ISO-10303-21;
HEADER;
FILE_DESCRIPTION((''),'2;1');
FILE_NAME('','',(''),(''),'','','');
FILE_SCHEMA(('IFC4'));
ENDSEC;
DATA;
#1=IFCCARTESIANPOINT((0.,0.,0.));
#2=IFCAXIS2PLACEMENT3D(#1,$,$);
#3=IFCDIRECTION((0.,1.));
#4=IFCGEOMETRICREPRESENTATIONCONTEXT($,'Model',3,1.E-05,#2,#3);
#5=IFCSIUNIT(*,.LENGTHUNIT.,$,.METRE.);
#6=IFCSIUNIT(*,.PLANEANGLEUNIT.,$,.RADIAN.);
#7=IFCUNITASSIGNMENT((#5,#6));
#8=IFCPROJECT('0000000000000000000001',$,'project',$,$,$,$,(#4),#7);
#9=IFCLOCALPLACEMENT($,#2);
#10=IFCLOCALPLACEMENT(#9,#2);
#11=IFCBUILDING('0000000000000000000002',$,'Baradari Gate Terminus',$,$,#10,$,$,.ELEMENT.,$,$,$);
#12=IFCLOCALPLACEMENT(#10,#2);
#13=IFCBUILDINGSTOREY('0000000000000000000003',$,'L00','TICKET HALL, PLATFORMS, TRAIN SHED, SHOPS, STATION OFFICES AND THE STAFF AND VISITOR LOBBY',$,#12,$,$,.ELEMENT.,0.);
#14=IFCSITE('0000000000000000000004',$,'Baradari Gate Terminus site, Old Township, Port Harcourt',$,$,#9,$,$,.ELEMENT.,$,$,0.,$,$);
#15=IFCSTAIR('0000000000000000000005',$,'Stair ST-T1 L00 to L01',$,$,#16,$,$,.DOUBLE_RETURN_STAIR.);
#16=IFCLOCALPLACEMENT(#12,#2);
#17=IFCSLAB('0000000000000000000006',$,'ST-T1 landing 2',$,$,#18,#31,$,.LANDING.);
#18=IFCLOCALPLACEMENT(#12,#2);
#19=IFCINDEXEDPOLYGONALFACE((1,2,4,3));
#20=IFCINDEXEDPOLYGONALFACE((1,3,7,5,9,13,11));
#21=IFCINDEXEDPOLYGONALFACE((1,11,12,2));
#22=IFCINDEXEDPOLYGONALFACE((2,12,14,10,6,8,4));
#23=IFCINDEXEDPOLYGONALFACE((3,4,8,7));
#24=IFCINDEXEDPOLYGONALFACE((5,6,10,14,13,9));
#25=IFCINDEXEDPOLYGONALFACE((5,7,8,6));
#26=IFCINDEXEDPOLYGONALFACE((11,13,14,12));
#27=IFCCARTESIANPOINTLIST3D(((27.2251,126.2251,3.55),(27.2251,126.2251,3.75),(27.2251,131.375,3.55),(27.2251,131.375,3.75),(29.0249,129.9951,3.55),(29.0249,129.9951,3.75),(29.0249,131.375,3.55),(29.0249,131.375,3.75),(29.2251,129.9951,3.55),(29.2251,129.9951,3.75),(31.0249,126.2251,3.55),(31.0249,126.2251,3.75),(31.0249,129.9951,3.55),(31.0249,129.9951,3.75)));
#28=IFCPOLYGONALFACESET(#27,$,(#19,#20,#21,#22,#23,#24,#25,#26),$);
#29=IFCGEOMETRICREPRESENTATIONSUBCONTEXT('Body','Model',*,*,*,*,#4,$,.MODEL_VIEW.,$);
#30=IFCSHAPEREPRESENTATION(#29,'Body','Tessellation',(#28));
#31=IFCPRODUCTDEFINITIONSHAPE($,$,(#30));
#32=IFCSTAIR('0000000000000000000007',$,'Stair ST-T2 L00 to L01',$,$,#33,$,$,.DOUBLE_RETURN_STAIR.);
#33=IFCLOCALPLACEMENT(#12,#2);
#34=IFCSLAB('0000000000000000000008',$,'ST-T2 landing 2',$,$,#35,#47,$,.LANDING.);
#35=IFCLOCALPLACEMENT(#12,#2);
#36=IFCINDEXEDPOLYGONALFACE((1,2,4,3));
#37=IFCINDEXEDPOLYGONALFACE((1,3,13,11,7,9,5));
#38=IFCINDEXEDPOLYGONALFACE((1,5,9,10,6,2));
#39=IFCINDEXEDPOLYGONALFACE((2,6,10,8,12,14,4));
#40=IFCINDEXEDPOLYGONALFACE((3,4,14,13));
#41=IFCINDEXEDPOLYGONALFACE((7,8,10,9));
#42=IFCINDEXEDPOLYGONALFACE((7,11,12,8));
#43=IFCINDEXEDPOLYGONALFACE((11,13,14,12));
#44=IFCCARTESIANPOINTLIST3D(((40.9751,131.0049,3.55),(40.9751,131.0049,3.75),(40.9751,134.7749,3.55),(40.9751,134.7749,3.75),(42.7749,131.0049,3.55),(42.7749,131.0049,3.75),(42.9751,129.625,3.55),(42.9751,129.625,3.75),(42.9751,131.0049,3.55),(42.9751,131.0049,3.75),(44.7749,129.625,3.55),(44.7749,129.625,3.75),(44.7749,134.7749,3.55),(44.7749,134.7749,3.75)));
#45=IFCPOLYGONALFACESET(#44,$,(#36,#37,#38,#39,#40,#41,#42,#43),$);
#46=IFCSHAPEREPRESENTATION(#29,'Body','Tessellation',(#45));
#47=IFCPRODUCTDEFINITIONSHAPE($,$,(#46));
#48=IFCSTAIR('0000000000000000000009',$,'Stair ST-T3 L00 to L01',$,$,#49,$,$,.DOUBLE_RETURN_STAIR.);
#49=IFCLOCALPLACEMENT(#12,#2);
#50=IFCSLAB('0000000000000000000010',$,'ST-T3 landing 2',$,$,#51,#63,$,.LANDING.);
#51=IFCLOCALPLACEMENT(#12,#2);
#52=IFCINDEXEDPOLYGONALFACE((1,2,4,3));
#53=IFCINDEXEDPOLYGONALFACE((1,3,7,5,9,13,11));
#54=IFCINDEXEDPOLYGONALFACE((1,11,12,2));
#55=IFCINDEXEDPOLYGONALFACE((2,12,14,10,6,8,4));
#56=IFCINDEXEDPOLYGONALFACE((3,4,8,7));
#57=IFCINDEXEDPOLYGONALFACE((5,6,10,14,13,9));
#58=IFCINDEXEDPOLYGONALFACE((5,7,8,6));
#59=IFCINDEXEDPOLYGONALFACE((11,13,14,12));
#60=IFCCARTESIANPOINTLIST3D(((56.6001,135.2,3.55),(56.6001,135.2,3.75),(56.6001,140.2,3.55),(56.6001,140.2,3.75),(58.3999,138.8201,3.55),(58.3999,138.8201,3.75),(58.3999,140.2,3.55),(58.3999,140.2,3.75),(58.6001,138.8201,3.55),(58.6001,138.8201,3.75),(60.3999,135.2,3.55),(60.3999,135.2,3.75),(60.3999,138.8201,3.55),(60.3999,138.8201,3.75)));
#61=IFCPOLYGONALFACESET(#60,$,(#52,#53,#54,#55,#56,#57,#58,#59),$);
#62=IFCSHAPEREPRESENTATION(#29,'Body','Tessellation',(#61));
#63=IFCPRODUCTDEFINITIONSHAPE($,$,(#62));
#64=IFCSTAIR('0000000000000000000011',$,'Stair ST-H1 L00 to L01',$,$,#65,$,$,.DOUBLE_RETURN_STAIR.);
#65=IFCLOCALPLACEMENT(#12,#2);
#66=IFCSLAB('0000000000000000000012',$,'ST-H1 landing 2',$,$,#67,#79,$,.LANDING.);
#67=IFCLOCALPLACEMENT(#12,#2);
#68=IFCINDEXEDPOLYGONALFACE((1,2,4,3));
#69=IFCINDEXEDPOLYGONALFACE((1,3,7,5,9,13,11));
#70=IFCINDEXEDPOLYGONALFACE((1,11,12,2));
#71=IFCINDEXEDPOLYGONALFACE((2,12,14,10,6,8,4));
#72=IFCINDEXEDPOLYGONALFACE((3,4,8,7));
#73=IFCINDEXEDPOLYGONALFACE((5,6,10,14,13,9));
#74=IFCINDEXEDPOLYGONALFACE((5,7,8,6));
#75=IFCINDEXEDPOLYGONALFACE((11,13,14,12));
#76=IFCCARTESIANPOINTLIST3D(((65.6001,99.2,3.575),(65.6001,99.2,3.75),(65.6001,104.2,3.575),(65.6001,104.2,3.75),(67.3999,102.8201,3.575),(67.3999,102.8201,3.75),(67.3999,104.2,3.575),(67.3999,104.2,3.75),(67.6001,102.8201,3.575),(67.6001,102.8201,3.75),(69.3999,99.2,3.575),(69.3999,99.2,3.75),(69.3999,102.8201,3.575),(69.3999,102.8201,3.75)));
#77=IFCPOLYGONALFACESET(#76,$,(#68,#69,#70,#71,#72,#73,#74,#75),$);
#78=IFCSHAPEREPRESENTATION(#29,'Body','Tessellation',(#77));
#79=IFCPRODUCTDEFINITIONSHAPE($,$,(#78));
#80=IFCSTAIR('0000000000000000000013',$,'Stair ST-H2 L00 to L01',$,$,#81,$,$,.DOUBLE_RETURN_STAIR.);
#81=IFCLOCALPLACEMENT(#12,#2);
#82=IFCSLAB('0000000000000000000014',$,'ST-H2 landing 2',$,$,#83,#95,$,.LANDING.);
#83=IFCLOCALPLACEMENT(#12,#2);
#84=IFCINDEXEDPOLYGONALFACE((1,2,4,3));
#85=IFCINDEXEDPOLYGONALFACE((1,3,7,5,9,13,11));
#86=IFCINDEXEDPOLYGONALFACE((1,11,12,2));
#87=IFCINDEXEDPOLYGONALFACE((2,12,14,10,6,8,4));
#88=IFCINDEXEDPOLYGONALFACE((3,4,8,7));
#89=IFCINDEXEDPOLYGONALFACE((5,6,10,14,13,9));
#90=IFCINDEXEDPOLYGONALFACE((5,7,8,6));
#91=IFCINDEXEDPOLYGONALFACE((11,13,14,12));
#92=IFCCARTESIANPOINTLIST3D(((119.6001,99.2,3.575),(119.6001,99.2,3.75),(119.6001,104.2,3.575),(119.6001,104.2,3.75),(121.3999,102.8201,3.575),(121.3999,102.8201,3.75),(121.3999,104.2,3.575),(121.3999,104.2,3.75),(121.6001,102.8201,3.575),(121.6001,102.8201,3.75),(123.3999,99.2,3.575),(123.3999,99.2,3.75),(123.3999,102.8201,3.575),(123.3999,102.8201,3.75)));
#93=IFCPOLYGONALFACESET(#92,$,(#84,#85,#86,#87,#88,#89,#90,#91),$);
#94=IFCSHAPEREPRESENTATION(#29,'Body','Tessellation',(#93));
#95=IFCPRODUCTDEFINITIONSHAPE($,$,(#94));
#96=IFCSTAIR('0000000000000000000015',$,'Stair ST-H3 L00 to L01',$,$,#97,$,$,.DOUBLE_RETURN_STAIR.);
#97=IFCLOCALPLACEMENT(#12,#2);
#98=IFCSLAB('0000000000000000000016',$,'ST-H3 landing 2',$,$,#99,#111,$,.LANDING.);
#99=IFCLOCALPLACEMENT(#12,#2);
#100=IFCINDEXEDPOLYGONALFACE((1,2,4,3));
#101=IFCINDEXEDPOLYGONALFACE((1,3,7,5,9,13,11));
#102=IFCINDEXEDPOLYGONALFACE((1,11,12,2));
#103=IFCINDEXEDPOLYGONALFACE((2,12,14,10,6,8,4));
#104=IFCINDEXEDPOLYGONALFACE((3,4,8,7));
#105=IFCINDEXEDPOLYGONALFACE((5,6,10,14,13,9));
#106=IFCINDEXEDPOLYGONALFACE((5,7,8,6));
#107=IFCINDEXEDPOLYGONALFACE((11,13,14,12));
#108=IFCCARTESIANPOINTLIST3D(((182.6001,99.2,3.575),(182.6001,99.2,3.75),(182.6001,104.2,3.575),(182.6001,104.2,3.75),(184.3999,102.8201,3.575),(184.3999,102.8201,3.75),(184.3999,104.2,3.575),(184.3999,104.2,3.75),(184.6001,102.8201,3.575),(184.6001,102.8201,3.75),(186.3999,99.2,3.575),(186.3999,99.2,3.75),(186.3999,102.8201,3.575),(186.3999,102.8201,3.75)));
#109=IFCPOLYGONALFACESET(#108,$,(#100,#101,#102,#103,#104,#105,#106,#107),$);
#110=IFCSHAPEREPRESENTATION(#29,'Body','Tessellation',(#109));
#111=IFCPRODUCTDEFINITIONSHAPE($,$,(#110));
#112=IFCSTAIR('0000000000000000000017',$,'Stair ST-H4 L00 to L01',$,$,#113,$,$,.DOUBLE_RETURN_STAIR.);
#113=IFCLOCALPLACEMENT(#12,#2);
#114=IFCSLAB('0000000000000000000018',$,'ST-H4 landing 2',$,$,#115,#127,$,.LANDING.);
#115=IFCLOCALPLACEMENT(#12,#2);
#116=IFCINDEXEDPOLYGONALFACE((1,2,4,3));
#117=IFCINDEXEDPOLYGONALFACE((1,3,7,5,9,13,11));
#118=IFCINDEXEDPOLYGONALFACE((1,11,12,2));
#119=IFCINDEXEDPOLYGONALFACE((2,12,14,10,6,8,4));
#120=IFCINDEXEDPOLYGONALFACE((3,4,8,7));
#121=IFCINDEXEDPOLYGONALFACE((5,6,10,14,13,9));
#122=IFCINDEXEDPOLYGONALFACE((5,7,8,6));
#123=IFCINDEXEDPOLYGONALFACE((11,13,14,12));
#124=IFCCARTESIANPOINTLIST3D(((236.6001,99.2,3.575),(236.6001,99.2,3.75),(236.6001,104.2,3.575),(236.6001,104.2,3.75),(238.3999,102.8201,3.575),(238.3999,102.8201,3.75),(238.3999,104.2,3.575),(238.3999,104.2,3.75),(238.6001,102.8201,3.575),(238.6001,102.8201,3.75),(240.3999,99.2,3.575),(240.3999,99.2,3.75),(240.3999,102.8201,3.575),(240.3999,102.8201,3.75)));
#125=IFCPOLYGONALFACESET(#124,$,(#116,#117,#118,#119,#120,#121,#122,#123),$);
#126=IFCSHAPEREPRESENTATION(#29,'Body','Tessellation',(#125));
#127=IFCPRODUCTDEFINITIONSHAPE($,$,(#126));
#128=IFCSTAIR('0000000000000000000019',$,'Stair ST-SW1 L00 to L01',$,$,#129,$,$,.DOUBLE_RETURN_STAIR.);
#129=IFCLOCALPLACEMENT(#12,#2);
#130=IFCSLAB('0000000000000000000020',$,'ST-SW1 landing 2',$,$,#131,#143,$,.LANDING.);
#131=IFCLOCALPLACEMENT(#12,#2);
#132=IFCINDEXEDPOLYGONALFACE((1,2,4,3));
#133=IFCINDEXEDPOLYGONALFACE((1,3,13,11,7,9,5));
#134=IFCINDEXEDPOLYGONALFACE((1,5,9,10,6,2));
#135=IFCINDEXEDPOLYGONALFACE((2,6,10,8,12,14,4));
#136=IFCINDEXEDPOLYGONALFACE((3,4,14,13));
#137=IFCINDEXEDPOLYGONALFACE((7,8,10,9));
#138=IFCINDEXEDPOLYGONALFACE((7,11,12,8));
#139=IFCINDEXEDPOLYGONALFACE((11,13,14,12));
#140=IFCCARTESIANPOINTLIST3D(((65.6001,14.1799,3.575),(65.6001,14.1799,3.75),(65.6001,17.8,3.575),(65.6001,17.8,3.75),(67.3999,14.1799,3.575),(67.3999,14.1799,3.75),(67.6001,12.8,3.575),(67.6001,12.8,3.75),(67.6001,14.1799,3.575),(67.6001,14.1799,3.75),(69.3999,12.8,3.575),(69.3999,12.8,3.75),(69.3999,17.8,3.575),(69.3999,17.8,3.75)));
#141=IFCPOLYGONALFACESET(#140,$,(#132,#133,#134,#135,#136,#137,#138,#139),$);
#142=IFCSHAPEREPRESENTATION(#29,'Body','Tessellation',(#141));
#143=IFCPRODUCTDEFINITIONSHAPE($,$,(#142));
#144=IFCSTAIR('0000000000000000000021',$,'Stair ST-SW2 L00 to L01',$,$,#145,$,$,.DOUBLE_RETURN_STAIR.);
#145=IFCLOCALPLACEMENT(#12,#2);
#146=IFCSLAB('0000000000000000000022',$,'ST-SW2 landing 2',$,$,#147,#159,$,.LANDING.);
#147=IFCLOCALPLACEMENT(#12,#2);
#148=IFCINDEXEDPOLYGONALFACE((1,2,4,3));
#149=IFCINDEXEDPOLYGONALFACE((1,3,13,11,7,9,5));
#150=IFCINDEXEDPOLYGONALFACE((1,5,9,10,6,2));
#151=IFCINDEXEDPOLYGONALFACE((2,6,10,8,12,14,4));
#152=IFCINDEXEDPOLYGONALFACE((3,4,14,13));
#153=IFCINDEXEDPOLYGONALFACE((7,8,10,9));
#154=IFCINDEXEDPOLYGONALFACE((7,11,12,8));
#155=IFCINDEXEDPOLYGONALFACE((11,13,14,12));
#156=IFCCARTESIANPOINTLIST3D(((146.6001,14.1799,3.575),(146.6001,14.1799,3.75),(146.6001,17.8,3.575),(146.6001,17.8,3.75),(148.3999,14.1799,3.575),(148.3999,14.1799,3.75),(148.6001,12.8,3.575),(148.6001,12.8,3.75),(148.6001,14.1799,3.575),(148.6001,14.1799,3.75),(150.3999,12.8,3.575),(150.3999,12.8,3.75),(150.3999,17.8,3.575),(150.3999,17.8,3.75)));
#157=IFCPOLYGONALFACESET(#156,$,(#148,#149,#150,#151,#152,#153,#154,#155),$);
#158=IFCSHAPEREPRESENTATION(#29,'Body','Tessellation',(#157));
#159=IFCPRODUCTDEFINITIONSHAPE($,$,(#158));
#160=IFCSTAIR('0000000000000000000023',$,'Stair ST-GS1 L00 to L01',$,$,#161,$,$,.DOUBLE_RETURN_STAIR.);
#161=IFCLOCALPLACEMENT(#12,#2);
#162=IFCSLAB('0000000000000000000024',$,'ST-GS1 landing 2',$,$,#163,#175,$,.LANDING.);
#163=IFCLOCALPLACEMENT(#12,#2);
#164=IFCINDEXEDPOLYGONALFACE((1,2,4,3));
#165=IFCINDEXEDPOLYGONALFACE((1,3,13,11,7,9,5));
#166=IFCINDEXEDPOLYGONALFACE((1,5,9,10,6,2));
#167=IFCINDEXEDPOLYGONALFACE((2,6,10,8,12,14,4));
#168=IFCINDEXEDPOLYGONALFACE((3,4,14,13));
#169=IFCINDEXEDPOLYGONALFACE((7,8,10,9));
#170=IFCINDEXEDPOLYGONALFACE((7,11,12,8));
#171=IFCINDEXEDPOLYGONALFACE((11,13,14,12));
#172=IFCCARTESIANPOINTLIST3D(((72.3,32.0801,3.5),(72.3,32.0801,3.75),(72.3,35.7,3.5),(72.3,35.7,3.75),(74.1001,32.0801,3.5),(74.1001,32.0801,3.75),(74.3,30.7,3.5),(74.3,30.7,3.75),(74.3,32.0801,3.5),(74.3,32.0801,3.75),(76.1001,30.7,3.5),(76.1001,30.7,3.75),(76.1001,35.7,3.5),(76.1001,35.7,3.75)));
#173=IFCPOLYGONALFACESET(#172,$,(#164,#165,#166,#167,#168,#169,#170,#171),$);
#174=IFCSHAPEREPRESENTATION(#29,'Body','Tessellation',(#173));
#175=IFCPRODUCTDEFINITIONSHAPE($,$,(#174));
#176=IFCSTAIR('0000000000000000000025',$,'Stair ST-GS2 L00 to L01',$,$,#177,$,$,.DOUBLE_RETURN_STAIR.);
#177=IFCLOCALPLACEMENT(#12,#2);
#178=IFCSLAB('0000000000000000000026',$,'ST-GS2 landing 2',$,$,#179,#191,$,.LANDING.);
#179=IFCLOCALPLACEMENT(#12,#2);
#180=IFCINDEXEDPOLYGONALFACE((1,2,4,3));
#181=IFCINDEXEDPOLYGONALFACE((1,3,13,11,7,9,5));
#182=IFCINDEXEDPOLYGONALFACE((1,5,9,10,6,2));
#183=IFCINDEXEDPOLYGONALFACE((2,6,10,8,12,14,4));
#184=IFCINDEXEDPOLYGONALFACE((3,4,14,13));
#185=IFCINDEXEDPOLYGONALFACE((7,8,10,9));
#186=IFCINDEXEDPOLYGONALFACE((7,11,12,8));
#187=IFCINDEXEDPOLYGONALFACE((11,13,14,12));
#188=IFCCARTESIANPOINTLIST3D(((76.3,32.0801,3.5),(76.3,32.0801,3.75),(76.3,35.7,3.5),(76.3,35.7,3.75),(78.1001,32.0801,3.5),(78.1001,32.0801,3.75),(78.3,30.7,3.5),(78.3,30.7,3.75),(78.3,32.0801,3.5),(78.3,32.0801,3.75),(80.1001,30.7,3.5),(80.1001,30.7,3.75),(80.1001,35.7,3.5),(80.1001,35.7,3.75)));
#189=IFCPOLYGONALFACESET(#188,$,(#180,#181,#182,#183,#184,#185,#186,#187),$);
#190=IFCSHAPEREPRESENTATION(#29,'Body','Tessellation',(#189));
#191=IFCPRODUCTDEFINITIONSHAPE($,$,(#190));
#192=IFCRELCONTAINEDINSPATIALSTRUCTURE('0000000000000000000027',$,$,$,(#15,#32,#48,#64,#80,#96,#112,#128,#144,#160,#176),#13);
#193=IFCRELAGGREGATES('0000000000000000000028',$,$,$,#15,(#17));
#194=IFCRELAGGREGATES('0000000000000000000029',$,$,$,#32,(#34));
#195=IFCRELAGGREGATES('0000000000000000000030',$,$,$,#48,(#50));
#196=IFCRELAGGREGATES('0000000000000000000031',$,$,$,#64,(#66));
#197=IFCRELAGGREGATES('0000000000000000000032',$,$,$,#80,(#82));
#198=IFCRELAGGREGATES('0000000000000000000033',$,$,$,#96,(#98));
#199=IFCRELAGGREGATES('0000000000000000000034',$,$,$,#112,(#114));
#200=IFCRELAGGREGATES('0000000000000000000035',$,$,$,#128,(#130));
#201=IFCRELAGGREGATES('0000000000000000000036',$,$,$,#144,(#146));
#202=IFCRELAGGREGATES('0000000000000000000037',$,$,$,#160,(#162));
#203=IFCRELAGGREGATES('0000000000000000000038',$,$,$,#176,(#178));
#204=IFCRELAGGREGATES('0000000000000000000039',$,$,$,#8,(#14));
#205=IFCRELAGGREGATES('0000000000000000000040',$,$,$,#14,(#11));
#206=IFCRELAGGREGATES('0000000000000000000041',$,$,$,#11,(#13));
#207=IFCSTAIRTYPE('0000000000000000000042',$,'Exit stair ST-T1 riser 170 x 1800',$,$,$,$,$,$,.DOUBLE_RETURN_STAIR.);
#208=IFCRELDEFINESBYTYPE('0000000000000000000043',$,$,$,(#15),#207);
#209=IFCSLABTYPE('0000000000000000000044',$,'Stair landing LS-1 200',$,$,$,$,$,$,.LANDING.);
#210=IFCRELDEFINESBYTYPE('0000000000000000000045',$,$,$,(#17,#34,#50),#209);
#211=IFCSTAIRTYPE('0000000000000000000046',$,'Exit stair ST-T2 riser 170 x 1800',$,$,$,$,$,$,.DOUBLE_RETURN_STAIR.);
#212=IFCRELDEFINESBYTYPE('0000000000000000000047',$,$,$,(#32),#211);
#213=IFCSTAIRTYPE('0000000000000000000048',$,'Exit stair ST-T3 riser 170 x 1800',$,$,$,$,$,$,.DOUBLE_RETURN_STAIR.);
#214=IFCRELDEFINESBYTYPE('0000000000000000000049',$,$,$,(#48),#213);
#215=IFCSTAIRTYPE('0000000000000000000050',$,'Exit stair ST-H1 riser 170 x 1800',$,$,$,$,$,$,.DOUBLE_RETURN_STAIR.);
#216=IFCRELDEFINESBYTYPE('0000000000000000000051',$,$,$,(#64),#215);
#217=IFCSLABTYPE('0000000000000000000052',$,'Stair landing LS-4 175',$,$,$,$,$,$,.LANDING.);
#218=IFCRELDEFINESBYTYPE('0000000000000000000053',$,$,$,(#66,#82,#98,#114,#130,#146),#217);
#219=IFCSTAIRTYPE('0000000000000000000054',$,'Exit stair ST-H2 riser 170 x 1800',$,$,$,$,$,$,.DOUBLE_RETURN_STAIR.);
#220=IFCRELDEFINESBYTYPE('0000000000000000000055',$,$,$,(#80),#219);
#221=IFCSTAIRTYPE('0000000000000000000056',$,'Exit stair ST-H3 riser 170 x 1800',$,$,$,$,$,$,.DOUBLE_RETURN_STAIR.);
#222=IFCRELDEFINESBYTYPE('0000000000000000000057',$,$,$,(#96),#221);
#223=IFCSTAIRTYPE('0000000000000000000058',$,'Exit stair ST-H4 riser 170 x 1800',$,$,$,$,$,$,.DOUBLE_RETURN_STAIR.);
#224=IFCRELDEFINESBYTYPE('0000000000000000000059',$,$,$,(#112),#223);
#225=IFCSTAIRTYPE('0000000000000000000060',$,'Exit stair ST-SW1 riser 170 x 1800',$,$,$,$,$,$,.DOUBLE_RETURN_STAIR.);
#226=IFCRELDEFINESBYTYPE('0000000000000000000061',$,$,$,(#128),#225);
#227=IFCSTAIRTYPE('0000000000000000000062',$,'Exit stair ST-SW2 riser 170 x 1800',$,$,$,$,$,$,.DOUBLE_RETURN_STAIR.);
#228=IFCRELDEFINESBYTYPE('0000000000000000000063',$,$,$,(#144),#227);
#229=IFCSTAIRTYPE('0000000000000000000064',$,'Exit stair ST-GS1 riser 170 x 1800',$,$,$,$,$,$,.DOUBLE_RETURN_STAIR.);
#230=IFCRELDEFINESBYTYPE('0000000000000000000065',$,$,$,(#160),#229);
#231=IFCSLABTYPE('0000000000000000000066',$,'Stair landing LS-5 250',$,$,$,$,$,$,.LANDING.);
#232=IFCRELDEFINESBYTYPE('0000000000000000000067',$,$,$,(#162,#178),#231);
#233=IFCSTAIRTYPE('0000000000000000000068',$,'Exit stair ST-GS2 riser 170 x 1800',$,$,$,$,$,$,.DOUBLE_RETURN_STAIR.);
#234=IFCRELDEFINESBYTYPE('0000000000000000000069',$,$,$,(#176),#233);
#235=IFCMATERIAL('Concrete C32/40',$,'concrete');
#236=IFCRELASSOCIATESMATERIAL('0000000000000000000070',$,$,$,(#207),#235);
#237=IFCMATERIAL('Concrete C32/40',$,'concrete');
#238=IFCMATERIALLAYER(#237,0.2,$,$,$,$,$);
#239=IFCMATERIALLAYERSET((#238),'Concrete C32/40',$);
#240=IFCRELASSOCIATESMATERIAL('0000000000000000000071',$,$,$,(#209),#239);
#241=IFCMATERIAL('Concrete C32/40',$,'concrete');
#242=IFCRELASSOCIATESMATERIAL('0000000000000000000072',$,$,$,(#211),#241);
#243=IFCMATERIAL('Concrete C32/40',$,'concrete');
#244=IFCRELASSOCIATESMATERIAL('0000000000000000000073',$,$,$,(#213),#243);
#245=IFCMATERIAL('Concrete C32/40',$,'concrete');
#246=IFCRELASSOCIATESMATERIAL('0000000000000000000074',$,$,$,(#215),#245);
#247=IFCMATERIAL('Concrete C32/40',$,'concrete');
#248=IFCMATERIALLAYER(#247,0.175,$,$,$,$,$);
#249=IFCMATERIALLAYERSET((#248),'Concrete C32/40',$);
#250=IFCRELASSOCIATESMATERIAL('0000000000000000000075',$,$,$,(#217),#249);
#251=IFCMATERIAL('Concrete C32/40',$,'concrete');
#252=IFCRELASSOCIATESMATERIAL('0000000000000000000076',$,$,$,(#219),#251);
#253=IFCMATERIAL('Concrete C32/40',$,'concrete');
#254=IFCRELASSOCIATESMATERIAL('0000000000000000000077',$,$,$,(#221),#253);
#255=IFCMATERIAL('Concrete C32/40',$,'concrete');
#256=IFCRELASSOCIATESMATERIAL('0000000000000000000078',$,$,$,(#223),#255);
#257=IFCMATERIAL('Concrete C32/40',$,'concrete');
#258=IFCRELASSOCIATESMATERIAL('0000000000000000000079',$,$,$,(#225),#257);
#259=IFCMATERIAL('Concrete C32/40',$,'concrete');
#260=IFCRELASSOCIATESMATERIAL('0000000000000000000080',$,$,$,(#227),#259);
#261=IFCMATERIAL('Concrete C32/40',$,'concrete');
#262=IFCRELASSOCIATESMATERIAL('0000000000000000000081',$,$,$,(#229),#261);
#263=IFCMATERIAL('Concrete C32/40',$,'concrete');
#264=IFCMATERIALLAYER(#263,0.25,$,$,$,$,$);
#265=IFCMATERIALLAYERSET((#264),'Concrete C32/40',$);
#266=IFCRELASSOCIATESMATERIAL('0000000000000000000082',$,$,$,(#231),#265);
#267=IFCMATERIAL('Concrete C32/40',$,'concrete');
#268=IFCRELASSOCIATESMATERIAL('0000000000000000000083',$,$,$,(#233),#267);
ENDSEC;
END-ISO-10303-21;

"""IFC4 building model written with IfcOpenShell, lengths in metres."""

from ifc_helpers import new_model, si_unit, direction, frame, origin, place, context, subcontext, project, spatial, polyline, outline, extrude, material, layer, layer_set, type_object, element, aggregate, save


model = new_model("IFC4")

# Units and contexts
model_context = context("Model", 3, precision=1e-05, world=origin(), true_north=direction((0.0, 1.0)))
body_context = subcontext(model_context, "Body", "Model", "MODEL_VIEW")
ifc_project = project(units=[si_unit("LENGTHUNIT", "METRE"), si_unit("PLANEANGLEUNIT", "RADIAN")], contexts=[model_context])

# Site, building, storey
site_placement = place(None, origin())
site = spatial("IfcSite", under=ifc_project, at=site_placement, Name="Baradari Gate Terminus site, Old Township, Port Harcourt", CompositionType="ELEMENT", RefElevation=0.0)
building_placement = place(site_placement, origin())
building = spatial("IfcBuilding", under=site, at=building_placement, Name="Baradari Gate Terminus", CompositionType="ELEMENT")
storey_placement = place(building_placement, origin())
storey = spatial("IfcBuildingStorey", under=building, at=storey_placement, Name="L00", Description="TICKET HALL, PLATFORMS, TRAIN SHED, SHOPS, STATION OFFICES AND THE STAFF AND VISITOR LOBBY", CompositionType="ELEMENT", Elevation=0.0)

# Stairs, slabs
ifc_material_1 = material(Name="Concrete C32/40", Category="concrete")
stair_type_1 = type_object("IfcStairType", Name="Exit stair ST-T1 riser 170 x 1800", PredefinedType="DOUBLE_RETURN_STAIR", material=ifc_material_1)
stair_1_placement = place(storey_placement, origin())
stair_1 = element("IfcStair", 1, at=stair_1_placement, inside=storey, type_object=stair_type_1, Name="Stair ST-T1 L00 to L01", PredefinedType="DOUBLE_RETURN_STAIR")
ifc_material_2 = material(Name="Concrete C32/40", Category="concrete")
ifc_layer_1 = layer(ifc_material_2, 0.2)
ifc_layer_set_1 = layer_set([ifc_layer_1], Name="Concrete C32/40")
slab_type_1 = type_object("IfcSlabType", Name="Stair landing LS-1 200", PredefinedType="LANDING", material=ifc_layer_set_1)
slab_1_placement = place(storey_placement, frame((0.0, 0.0, 3.55)))
slab_1 = element("IfcSlab", 2, at=slab_1_placement, type_object=slab_type_1, Name="ST-T1 landing 2", PredefinedType="LANDING", context=body_context, shape_type="SweptSolid", body=[
    extrude(outline(polyline([(27.2251, 126.2251), (27.2251, 131.375), (29.0249, 131.375), (29.0249, 129.9951), (29.2251, 129.9951), (31.0249, 129.9951), (31.0249, 126.2251), (27.2251, 126.2251)])), origin(), (0.0, 0.0, 1.0), 0.2),
])
aggregate(stair_1, [slab_1])
ifc_material_3 = material(Name="Concrete C32/40", Category="concrete")
stair_type_2 = type_object("IfcStairType", Name="Exit stair ST-T2 riser 170 x 1800", PredefinedType="DOUBLE_RETURN_STAIR", material=ifc_material_3)
stair_2_placement = place(storey_placement, origin())
stair_2 = element("IfcStair", 3, at=stair_2_placement, inside=storey, type_object=stair_type_2, Name="Stair ST-T2 L00 to L01", PredefinedType="DOUBLE_RETURN_STAIR")
slab_2_placement = place(storey_placement, frame((0.0, 0.0, 3.55)))
slab_2 = element("IfcSlab", 4, at=slab_2_placement, type_object=slab_type_1, Name="ST-T2 landing 2", PredefinedType="LANDING", context=body_context, shape_type="SweptSolid", body=[
    extrude(outline(polyline([(44.7749, 134.7749), (44.7749, 129.625), (42.9751, 129.625), (42.9751, 131.0049), (42.7749, 131.0049), (40.9751, 131.0049), (40.9751, 134.7749), (44.7749, 134.7749)])), origin(), (0.0, 0.0, 1.0), 0.2),
])
aggregate(stair_2, [slab_2])
ifc_material_4 = material(Name="Concrete C32/40", Category="concrete")
stair_type_3 = type_object("IfcStairType", Name="Exit stair ST-T3 riser 170 x 1800", PredefinedType="DOUBLE_RETURN_STAIR", material=ifc_material_4)
stair_3_placement = place(storey_placement, origin())
stair_3 = element("IfcStair", 5, at=stair_3_placement, inside=storey, type_object=stair_type_3, Name="Stair ST-T3 L00 to L01", PredefinedType="DOUBLE_RETURN_STAIR")
slab_3_placement = place(storey_placement, frame((0.0, 0.0, 3.55)))
slab_3 = element("IfcSlab", 6, at=slab_3_placement, type_object=slab_type_1, Name="ST-T3 landing 2", PredefinedType="LANDING", context=body_context, shape_type="SweptSolid", body=[
    extrude(outline(polyline([(56.6001, 135.2), (56.6001, 140.2), (58.3999, 140.2), (58.3999, 138.8201), (58.6001, 138.8201), (60.3999, 138.8201), (60.3999, 135.2), (56.6001, 135.2)])), origin(), (0.0, 0.0, 1.0), 0.2),
])
aggregate(stair_3, [slab_3])
ifc_material_5 = material(Name="Concrete C32/40", Category="concrete")
stair_type_4 = type_object("IfcStairType", Name="Exit stair ST-H1 riser 170 x 1800", PredefinedType="DOUBLE_RETURN_STAIR", material=ifc_material_5)
stair_4_placement = place(storey_placement, origin())
stair_4 = element("IfcStair", 7, at=stair_4_placement, inside=storey, type_object=stair_type_4, Name="Stair ST-H1 L00 to L01", PredefinedType="DOUBLE_RETURN_STAIR")
ifc_material_6 = material(Name="Concrete C32/40", Category="concrete")
ifc_layer_2 = layer(ifc_material_6, 0.175)
ifc_layer_set_2 = layer_set([ifc_layer_2], Name="Concrete C32/40")
slab_type_2 = type_object("IfcSlabType", Name="Stair landing LS-4 175", PredefinedType="LANDING", material=ifc_layer_set_2)
slab_4_placement = place(storey_placement, frame((0.0, 0.0, 3.575)))
slab_4 = element("IfcSlab", 8, at=slab_4_placement, type_object=slab_type_2, Name="ST-H1 landing 2", PredefinedType="LANDING", context=body_context, shape_type="SweptSolid", body=[
    extrude(outline(polyline([(65.6001, 99.2), (65.6001, 104.2), (67.3999, 104.2), (67.3999, 102.8201), (67.6001, 102.8201), (69.3999, 102.8201), (69.3999, 99.2), (65.6001, 99.2)])), origin(), (0.0, 0.0, 1.0), 0.175),
])
aggregate(stair_4, [slab_4])
ifc_material_7 = material(Name="Concrete C32/40", Category="concrete")
stair_type_5 = type_object("IfcStairType", Name="Exit stair ST-H2 riser 170 x 1800", PredefinedType="DOUBLE_RETURN_STAIR", material=ifc_material_7)
stair_5_placement = place(storey_placement, origin())
stair_5 = element("IfcStair", 9, at=stair_5_placement, inside=storey, type_object=stair_type_5, Name="Stair ST-H2 L00 to L01", PredefinedType="DOUBLE_RETURN_STAIR")
slab_5_placement = place(storey_placement, frame((0.0, 0.0, 3.575)))
slab_5 = element("IfcSlab", 10, at=slab_5_placement, type_object=slab_type_2, Name="ST-H2 landing 2", PredefinedType="LANDING", context=body_context, shape_type="SweptSolid", body=[
    extrude(outline(polyline([(119.6001, 99.2), (119.6001, 104.2), (121.3999, 104.2), (121.3999, 102.8201), (121.6001, 102.8201), (123.3999, 102.8201), (123.3999, 99.2), (119.6001, 99.2)])), origin(), (0.0, 0.0, 1.0), 0.175),
])
aggregate(stair_5, [slab_5])
ifc_material_8 = material(Name="Concrete C32/40", Category="concrete")
stair_type_6 = type_object("IfcStairType", Name="Exit stair ST-H3 riser 170 x 1800", PredefinedType="DOUBLE_RETURN_STAIR", material=ifc_material_8)
stair_6_placement = place(storey_placement, origin())
stair_6 = element("IfcStair", 11, at=stair_6_placement, inside=storey, type_object=stair_type_6, Name="Stair ST-H3 L00 to L01", PredefinedType="DOUBLE_RETURN_STAIR")
slab_6_placement = place(storey_placement, frame((0.0, 0.0, 3.575)))
slab_6 = element("IfcSlab", 12, at=slab_6_placement, type_object=slab_type_2, Name="ST-H3 landing 2", PredefinedType="LANDING", context=body_context, shape_type="SweptSolid", body=[
    extrude(outline(polyline([(182.6001, 99.2), (182.6001, 104.2), (184.3999, 104.2), (184.3999, 102.8201), (184.6001, 102.8201), (186.3999, 102.8201), (186.3999, 99.2), (182.6001, 99.2)])), origin(), (0.0, 0.0, 1.0), 0.175),
])
aggregate(stair_6, [slab_6])
ifc_material_9 = material(Name="Concrete C32/40", Category="concrete")
stair_type_7 = type_object("IfcStairType", Name="Exit stair ST-H4 riser 170 x 1800", PredefinedType="DOUBLE_RETURN_STAIR", material=ifc_material_9)
stair_7_placement = place(storey_placement, origin())
stair_7 = element("IfcStair", 13, at=stair_7_placement, inside=storey, type_object=stair_type_7, Name="Stair ST-H4 L00 to L01", PredefinedType="DOUBLE_RETURN_STAIR")
slab_7_placement = place(storey_placement, frame((0.0, 0.0, 3.575)))
slab_7 = element("IfcSlab", 14, at=slab_7_placement, type_object=slab_type_2, Name="ST-H4 landing 2", PredefinedType="LANDING", context=body_context, shape_type="SweptSolid", body=[
    extrude(outline(polyline([(236.6001, 99.2), (236.6001, 104.2), (238.3999, 104.2), (238.3999, 102.8201), (238.6001, 102.8201), (240.3999, 102.8201), (240.3999, 99.2), (236.6001, 99.2)])), origin(), (0.0, 0.0, 1.0), 0.175),
])
aggregate(stair_7, [slab_7])
ifc_material_10 = material(Name="Concrete C32/40", Category="concrete")
stair_type_8 = type_object("IfcStairType", Name="Exit stair ST-SW1 riser 170 x 1800", PredefinedType="DOUBLE_RETURN_STAIR", material=ifc_material_10)
stair_8_placement = place(storey_placement, origin())
stair_8 = element("IfcStair", 15, at=stair_8_placement, inside=storey, type_object=stair_type_8, Name="Stair ST-SW1 L00 to L01", PredefinedType="DOUBLE_RETURN_STAIR")
slab_8_placement = place(storey_placement, frame((0.0, 0.0, 3.575)))
slab_8 = element("IfcSlab", 16, at=slab_8_placement, type_object=slab_type_2, Name="ST-SW1 landing 2", PredefinedType="LANDING", context=body_context, shape_type="SweptSolid", body=[
    extrude(outline(polyline([(69.3999, 17.8), (69.3999, 12.8), (67.6001, 12.8), (67.6001, 14.1799), (67.3999, 14.1799), (65.6001, 14.1799), (65.6001, 17.8), (69.3999, 17.8)])), origin(), (0.0, 0.0, 1.0), 0.175),
])
aggregate(stair_8, [slab_8])
ifc_material_11 = material(Name="Concrete C32/40", Category="concrete")
stair_type_9 = type_object("IfcStairType", Name="Exit stair ST-SW2 riser 170 x 1800", PredefinedType="DOUBLE_RETURN_STAIR", material=ifc_material_11)
stair_9_placement = place(storey_placement, origin())
stair_9 = element("IfcStair", 17, at=stair_9_placement, inside=storey, type_object=stair_type_9, Name="Stair ST-SW2 L00 to L01", PredefinedType="DOUBLE_RETURN_STAIR")
slab_9_placement = place(storey_placement, frame((0.0, 0.0, 3.575)))
slab_9 = element("IfcSlab", 18, at=slab_9_placement, type_object=slab_type_2, Name="ST-SW2 landing 2", PredefinedType="LANDING", context=body_context, shape_type="SweptSolid", body=[
    extrude(outline(polyline([(150.3999, 17.8), (150.3999, 12.8), (148.6001, 12.8), (148.6001, 14.1799), (148.3999, 14.1799), (146.6001, 14.1799), (146.6001, 17.8), (150.3999, 17.8)])), origin(), (0.0, 0.0, 1.0), 0.175),
])
aggregate(stair_9, [slab_9])
ifc_material_12 = material(Name="Concrete C32/40", Category="concrete")
stair_type_10 = type_object("IfcStairType", Name="Exit stair ST-GS1 riser 170 x 1800", PredefinedType="DOUBLE_RETURN_STAIR", material=ifc_material_12)
stair_10_placement = place(storey_placement, origin())
stair_10 = element("IfcStair", 19, at=stair_10_placement, inside=storey, type_object=stair_type_10, Name="Stair ST-GS1 L00 to L01", PredefinedType="DOUBLE_RETURN_STAIR")
ifc_material_13 = material(Name="Concrete C32/40", Category="concrete")
ifc_layer_3 = layer(ifc_material_13, 0.25)
ifc_layer_set_3 = layer_set([ifc_layer_3], Name="Concrete C32/40")
slab_type_3 = type_object("IfcSlabType", Name="Stair landing LS-5 250", PredefinedType="LANDING", material=ifc_layer_set_3)
slab_10_placement = place(storey_placement, frame((0.0, 0.0, 3.5)))
slab_10 = element("IfcSlab", 20, at=slab_10_placement, type_object=slab_type_3, Name="ST-GS1 landing 2", PredefinedType="LANDING", context=body_context, shape_type="SweptSolid", body=[
    extrude(outline(polyline([(76.1001, 35.7), (76.1001, 30.7), (74.3, 30.7), (74.3, 32.0801), (74.1001, 32.0801), (72.3, 32.0801), (72.3, 35.7), (76.1001, 35.7)])), origin(), (0.0, 0.0, 1.0), 0.25),
])
aggregate(stair_10, [slab_10])
ifc_material_14 = material(Name="Concrete C32/40", Category="concrete")
stair_type_11 = type_object("IfcStairType", Name="Exit stair ST-GS2 riser 170 x 1800", PredefinedType="DOUBLE_RETURN_STAIR", material=ifc_material_14)
stair_11_placement = place(storey_placement, origin())
stair_11 = element("IfcStair", 21, at=stair_11_placement, inside=storey, type_object=stair_type_11, Name="Stair ST-GS2 L00 to L01", PredefinedType="DOUBLE_RETURN_STAIR")
slab_11_placement = place(storey_placement, frame((0.0, 0.0, 3.5)))
slab_11 = element("IfcSlab", 22, at=slab_11_placement, type_object=slab_type_3, Name="ST-GS2 landing 2", PredefinedType="LANDING", context=body_context, shape_type="SweptSolid", body=[
    extrude(outline(polyline([(80.1001, 35.7), (80.1001, 30.7), (78.3, 30.7), (78.3, 32.0801), (78.1001, 32.0801), (76.3, 32.0801), (76.3, 35.7), (80.1001, 35.7)])), origin(), (0.0, 0.0, 1.0), 0.25),
])
aggregate(stair_11, [slab_11])

save(model, "model.ifc")
